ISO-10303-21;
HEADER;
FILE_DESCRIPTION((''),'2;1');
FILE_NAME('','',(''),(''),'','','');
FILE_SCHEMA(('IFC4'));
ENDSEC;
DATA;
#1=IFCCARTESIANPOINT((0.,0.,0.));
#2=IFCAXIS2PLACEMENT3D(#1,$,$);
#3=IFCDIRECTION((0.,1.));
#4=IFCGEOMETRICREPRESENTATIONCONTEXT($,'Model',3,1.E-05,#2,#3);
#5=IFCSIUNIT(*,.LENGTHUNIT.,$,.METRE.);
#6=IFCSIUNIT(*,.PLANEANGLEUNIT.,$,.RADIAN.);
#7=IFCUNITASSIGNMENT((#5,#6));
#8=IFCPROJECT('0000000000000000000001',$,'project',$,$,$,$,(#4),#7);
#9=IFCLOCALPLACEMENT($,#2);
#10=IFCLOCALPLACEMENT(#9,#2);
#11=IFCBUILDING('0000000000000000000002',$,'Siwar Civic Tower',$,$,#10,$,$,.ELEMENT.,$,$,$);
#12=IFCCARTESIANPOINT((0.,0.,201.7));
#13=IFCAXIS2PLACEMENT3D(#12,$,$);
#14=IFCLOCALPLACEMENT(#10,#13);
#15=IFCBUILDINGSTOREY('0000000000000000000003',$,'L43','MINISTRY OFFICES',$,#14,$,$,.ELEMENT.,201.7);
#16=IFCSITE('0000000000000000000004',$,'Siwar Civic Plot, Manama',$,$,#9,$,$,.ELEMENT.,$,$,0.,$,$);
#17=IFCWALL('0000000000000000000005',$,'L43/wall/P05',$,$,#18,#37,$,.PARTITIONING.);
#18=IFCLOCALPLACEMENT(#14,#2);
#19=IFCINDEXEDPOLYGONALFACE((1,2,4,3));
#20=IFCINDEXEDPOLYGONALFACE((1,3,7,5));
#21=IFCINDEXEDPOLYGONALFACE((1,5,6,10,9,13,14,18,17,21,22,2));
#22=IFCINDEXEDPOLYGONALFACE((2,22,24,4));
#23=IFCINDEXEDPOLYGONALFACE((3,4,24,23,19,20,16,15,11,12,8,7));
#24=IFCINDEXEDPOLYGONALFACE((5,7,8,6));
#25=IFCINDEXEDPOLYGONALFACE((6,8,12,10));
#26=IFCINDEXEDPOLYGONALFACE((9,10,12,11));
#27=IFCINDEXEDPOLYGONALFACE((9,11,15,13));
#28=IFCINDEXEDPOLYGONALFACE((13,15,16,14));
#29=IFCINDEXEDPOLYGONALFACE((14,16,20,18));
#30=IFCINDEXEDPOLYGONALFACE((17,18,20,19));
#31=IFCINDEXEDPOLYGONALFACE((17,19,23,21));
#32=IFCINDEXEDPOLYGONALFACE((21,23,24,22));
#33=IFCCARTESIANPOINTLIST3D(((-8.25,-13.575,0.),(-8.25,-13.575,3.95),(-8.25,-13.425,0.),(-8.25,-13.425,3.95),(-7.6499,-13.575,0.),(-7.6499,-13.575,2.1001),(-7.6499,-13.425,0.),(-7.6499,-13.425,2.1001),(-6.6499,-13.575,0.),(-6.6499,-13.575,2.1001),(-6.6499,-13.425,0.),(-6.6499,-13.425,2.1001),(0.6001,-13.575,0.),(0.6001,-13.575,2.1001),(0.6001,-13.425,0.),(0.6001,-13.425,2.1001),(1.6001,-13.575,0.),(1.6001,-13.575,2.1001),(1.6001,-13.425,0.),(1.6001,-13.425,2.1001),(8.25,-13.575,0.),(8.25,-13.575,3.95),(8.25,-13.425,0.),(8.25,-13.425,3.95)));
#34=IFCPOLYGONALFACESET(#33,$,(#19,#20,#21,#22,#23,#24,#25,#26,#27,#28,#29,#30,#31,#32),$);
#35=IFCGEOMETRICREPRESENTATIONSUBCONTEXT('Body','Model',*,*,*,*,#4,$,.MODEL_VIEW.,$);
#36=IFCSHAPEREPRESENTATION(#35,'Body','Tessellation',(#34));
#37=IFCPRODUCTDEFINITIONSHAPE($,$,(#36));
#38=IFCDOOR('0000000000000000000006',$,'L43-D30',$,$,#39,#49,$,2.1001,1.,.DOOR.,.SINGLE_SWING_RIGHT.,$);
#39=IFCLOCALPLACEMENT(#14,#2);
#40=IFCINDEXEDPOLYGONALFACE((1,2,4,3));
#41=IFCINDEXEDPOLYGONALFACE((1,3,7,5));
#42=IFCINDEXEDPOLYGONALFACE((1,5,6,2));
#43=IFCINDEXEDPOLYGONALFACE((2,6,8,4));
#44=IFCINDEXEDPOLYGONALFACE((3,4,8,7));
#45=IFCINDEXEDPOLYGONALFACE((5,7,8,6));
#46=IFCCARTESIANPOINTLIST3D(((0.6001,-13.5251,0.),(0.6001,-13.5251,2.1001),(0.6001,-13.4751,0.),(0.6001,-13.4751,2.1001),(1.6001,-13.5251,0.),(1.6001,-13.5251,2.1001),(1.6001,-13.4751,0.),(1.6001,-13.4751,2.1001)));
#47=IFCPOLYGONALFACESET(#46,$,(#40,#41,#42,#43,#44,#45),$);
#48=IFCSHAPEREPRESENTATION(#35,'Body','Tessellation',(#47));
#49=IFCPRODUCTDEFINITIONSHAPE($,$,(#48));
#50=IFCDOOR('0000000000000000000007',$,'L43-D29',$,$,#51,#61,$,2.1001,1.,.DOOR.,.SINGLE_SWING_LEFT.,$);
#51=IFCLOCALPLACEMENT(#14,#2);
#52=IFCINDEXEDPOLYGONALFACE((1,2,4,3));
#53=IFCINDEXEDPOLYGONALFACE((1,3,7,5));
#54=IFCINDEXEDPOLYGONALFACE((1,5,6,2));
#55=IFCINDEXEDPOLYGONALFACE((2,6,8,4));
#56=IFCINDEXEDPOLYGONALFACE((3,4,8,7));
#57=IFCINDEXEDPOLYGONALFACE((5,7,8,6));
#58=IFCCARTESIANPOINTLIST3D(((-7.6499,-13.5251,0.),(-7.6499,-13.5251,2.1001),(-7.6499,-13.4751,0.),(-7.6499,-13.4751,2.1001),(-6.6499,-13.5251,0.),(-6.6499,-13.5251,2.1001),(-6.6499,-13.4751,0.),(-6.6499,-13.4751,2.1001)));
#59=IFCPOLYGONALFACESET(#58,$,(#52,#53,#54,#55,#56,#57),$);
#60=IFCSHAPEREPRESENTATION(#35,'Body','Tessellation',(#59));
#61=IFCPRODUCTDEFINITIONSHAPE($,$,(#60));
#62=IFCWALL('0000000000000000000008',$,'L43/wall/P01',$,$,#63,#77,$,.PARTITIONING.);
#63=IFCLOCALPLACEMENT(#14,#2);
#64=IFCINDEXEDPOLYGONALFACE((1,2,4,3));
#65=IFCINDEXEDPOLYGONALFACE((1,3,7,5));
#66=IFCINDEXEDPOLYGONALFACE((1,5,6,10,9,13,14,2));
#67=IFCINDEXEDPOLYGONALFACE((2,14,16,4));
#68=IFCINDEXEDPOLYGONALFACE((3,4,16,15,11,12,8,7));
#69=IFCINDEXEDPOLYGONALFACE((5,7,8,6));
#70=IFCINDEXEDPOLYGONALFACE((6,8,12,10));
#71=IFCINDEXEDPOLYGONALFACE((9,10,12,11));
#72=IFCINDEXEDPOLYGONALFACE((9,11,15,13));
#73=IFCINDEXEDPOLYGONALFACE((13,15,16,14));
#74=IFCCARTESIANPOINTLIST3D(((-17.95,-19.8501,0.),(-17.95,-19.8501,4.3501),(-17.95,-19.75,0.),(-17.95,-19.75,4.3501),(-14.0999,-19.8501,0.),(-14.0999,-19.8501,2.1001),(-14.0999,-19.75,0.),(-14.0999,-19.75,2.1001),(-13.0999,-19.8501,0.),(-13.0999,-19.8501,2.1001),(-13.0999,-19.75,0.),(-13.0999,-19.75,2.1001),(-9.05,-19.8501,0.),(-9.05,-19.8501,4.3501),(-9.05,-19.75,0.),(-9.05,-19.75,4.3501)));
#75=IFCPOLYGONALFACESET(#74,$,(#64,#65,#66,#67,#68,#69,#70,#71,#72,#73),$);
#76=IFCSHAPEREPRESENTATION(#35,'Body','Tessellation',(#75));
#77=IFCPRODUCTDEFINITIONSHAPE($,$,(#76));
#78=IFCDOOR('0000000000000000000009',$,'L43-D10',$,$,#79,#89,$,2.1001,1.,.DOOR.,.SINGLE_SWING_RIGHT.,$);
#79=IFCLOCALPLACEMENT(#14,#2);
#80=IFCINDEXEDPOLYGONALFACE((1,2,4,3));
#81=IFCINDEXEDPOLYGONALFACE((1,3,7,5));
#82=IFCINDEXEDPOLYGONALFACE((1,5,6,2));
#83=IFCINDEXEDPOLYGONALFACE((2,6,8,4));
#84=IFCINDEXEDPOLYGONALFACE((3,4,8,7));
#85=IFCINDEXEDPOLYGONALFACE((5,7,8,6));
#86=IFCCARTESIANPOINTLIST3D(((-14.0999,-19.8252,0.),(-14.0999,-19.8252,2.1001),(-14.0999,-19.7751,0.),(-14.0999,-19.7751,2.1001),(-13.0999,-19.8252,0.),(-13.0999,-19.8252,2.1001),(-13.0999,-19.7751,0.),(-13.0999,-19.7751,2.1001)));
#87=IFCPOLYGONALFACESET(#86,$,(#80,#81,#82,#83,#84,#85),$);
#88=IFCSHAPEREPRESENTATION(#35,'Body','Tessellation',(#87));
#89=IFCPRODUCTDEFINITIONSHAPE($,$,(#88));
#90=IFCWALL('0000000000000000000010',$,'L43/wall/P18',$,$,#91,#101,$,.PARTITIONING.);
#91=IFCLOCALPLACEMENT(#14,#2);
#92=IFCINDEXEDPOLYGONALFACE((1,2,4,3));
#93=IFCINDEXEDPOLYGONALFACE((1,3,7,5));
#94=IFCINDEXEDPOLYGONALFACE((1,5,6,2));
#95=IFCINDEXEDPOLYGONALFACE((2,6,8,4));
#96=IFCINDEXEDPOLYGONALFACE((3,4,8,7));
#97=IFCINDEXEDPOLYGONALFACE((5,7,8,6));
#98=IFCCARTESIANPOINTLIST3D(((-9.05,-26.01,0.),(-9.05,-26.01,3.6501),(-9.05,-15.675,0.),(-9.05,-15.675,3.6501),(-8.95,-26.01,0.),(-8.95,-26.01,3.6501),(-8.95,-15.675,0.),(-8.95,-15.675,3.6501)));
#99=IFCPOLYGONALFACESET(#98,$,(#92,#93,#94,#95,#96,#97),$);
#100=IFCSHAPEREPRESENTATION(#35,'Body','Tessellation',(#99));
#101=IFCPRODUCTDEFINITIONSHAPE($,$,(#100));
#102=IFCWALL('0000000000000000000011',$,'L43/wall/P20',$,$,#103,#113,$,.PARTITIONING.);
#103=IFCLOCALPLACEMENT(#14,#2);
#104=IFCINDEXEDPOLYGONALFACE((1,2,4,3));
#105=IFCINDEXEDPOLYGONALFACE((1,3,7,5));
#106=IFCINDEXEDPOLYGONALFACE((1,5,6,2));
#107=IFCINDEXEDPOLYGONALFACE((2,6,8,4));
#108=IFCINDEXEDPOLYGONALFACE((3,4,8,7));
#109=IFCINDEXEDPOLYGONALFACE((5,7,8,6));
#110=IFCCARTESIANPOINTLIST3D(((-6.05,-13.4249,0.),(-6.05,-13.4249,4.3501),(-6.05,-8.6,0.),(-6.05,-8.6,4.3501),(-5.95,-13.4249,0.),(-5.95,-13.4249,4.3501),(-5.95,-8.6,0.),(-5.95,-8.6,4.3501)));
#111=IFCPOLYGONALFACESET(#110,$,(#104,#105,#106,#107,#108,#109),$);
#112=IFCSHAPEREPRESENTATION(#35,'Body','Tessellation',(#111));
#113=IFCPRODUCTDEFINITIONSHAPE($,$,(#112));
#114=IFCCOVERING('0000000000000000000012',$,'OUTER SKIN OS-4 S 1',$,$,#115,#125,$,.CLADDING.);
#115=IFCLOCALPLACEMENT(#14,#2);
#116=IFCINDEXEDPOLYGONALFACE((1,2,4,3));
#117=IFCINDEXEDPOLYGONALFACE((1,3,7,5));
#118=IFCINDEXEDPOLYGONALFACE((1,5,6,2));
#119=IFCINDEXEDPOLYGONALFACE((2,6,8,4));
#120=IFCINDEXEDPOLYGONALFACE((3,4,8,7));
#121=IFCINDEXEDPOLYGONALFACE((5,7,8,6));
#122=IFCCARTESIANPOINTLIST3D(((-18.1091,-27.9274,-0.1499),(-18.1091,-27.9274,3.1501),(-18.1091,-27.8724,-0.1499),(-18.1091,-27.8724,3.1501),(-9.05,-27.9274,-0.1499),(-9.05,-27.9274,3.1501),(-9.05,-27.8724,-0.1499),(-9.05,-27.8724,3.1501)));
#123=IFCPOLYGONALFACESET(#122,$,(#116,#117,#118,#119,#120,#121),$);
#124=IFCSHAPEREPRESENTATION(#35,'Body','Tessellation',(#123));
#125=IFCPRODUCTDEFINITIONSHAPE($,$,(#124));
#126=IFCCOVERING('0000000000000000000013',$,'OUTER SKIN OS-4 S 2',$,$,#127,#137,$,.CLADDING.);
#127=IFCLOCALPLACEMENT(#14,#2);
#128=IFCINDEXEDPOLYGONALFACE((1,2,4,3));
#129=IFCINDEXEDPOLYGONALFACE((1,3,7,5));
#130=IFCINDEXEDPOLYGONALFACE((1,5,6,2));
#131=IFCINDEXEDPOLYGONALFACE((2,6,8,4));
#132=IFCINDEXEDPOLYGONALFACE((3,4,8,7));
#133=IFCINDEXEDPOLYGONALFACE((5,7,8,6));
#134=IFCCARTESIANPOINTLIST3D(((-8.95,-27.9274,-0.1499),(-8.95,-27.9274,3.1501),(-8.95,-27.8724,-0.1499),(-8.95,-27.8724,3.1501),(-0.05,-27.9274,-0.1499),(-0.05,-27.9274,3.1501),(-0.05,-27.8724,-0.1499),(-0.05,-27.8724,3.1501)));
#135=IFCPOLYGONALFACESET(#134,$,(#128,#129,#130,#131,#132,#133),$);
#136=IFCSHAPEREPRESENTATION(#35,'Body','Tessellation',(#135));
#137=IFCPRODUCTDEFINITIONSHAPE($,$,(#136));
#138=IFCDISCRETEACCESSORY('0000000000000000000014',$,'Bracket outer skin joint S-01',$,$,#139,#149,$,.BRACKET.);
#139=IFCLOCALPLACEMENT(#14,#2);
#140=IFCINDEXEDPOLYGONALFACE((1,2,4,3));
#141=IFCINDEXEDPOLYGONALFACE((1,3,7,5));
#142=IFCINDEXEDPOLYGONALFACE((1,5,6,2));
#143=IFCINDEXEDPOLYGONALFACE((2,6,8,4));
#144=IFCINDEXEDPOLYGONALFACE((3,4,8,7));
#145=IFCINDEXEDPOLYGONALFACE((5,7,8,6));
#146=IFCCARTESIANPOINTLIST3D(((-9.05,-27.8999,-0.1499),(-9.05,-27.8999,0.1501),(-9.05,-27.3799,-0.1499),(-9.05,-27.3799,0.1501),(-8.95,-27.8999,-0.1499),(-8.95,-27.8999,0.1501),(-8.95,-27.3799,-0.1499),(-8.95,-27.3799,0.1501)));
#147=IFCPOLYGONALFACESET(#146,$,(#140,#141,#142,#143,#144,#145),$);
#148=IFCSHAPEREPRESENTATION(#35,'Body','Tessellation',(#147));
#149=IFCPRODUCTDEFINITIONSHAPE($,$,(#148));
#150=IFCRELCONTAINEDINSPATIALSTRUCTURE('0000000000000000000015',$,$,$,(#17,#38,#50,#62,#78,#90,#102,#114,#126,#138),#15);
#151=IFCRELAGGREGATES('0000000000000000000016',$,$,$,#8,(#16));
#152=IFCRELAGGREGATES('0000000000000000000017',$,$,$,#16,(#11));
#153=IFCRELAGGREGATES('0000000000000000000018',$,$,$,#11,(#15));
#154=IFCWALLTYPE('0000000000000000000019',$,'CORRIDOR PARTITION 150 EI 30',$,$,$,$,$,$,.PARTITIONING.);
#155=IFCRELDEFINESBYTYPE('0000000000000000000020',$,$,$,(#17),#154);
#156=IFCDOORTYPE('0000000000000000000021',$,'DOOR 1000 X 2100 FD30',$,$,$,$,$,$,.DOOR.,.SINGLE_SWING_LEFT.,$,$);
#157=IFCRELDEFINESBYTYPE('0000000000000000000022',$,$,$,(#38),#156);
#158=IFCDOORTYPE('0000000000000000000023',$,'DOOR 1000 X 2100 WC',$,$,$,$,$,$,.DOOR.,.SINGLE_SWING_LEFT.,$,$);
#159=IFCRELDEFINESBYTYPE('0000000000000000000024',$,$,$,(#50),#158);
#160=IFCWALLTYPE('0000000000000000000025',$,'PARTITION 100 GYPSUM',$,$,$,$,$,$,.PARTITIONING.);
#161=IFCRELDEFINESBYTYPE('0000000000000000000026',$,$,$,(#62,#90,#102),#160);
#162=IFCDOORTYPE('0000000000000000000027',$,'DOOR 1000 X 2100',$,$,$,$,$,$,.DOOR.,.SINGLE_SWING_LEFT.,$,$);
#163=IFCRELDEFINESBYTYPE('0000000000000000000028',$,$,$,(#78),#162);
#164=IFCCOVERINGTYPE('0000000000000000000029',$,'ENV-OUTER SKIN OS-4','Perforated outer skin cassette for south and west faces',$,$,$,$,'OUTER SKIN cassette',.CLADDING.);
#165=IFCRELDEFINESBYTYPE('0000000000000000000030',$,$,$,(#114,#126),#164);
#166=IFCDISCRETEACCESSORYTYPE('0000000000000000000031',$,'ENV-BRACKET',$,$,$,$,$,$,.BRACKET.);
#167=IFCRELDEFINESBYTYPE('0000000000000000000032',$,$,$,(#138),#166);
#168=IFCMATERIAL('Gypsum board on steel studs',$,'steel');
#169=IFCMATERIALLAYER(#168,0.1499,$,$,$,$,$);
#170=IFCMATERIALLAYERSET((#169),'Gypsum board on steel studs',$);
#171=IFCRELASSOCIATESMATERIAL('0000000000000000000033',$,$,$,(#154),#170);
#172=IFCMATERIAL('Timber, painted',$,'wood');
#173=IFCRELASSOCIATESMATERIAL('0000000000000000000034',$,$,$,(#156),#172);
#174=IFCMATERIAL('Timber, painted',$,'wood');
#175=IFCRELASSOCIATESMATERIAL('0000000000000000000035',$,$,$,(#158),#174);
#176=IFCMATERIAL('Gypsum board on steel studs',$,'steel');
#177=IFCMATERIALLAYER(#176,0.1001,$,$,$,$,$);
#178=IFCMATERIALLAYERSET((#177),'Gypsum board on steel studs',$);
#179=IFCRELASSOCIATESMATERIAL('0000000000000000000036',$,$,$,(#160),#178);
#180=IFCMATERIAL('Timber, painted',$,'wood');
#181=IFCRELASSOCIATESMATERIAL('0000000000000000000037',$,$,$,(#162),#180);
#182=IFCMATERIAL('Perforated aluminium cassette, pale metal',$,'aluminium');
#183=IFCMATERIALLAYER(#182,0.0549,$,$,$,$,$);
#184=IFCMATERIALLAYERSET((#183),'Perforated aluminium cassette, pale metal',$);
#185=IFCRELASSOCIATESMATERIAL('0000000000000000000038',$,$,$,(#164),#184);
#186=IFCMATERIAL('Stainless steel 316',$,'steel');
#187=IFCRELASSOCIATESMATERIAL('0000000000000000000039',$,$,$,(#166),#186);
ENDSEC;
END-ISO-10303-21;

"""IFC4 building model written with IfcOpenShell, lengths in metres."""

from ifc_helpers import new_model, si_unit, direction, frame, frame_2d, origin, origin_2d, place, context, subcontext, project, spatial, rectangle, extrude, material, layer, layer_set, type_object, element, fill, save


model = new_model("IFC4")

# Units and contexts
model_context = context("Model", 3, precision=1e-05, world=origin(), true_north=direction((0.0, 1.0)))
body_context = subcontext(model_context, "Body", "Model", "MODEL_VIEW")
ifc_project = project(units=[si_unit("LENGTHUNIT", "METRE"), si_unit("PLANEANGLEUNIT", "RADIAN")], contexts=[model_context])

# Site, building, storey
site_placement = place(None, origin())
site = spatial("IfcSite", under=ifc_project, at=site_placement, Name="Siwar Civic Plot, Manama", CompositionType="ELEMENT", RefElevation=0.0)
building_placement = place(site_placement, origin())
building = spatial("IfcBuilding", under=site, at=building_placement, Name="Siwar Civic Tower", CompositionType="ELEMENT")
storey_placement = place(building_placement, frame((0.0, 0.0, 201.7)))
storey = spatial("IfcBuildingStorey", under=building, at=storey_placement, Name="L43", Description="MINISTRY OFFICES", CompositionType="ELEMENT", Elevation=201.7)

# Wall, openings, doors
ifc_material_1 = material(Name="Gypsum board on steel studs", Category="steel")
ifc_layer_1 = layer(ifc_material_1, 0.1499)
ifc_layer_set_1 = layer_set([ifc_layer_1], Name="Gypsum board on steel studs")
wall_type_1 = type_object("IfcWallType", Name="CORRIDOR PARTITION 150 EI 30", PredefinedType="PARTITIONING", material=ifc_layer_set_1)
wall_1_placement = place(storey_placement, frame((-8.25, -13.5, 0.0), z_axis=(0.0, 0.0, 1.0), x_axis=(1.0, 0.0, 0.0)))
wall_1 = element("IfcWall", 1, at=wall_1_placement, inside=storey, type_object=wall_type_1, Name="L43/wall/P05", PredefinedType="PARTITIONING", context=body_context, shape_type="SweptSolid", body=[
    extrude(rectangle(XDim=16.5, YDim=0.1499, at=frame_2d((8.25, 0.0))), origin(), (0.0, 0.0, 1.0), 3.95),
])
opening_1_placement = place(wall_1_placement, frame((0.6001, 0.0, 0.0)))
opening_1 = element("IfcOpeningElement", 2, at=opening_1_placement, cuts=wall_1, PredefinedType="OPENING", context=body_context, shape_type="SweptSolid", body=[
    extrude(rectangle(XDim=1.0, YDim=2.1001, at=frame_2d((0.5, 1.05))), frame((0.0, 0.085, 0.0), z_axis=(0.0, -1.0, 0.0), x_axis=(1.0, 0.0, 0.0)), (0.0, 0.0, 1.0), 0.1699),
])
opening_2_placement = place(wall_1_placement, frame((8.8501, 0.0, 0.0)))
opening_2 = element("IfcOpeningElement", 3, at=opening_2_placement, cuts=wall_1, PredefinedType="OPENING", context=body_context, shape_type="SweptSolid", body=[
    extrude(rectangle(XDim=1.0, YDim=2.1001, at=frame_2d((0.5, 1.05))), frame((0.0, 0.085, 0.0), z_axis=(0.0, -1.0, 0.0), x_axis=(1.0, 0.0, 0.0)), (0.0, 0.0, 1.0), 0.1699),
])
ifc_material_2 = material(Name="Timber, painted", Category="wood")
door_type_1 = type_object("IfcDoorType", Name="DOOR 1000 X 2100 FD30", OperationType="SINGLE_SWING_LEFT", PredefinedType="DOOR", material=ifc_material_2)
door_1_placement = place(opening_2_placement, origin())
door_1 = element("IfcDoor", 4, at=door_1_placement, inside=storey, type_object=door_type_1, Name="L43-D30", OperationType="SINGLE_SWING_RIGHT", OverallHeight=2.1001, OverallWidth=1.0, PredefinedType="DOOR", context=body_context, shape_type="SweptSolid", body=[
    extrude(rectangle(XDim=1.0, YDim=2.1001, at=frame_2d((0.5, 1.05))), frame((0.0, 0.0249, 0.0), z_axis=(0.0, -1.0, 0.0), x_axis=(1.0, 0.0, 0.0)), (0.0, 0.0, 1.0), 0.05),
])
fill(opening_2, door_1)
ifc_material_3 = material(Name="Timber, painted", Category="wood")
door_type_2 = type_object("IfcDoorType", Name="DOOR 1000 X 2100 WC", OperationType="SINGLE_SWING_LEFT", PredefinedType="DOOR", material=ifc_material_3)
door_2_placement = place(opening_1_placement, origin())
door_2 = element("IfcDoor", 5, at=door_2_placement, inside=storey, type_object=door_type_2, Name="L43-D29", OperationType="SINGLE_SWING_LEFT", OverallHeight=2.1001, OverallWidth=1.0, PredefinedType="DOOR", context=body_context, shape_type="SweptSolid", body=[
    extrude(rectangle(XDim=1.0, YDim=2.1001, at=frame_2d((0.5, 1.05))), frame((0.0, 0.0249, 0.0), z_axis=(0.0, -1.0, 0.0), x_axis=(1.0, 0.0, 0.0)), (0.0, 0.0, 1.0), 0.05),
])
fill(opening_1, door_2)

# Wall, opening, door
ifc_material_4 = material(Name="Gypsum board on steel studs", Category="steel")
ifc_layer_2 = layer(ifc_material_4, 0.1001)
ifc_layer_set_2 = layer_set([ifc_layer_2], Name="Gypsum board on steel studs")
wall_type_2 = type_object("IfcWallType", Name="PARTITION 100 GYPSUM", PredefinedType="PARTITIONING", material=ifc_layer_set_2)
wall_2_placement = place(storey_placement, frame((-17.95, -19.8, 0.0), z_axis=(0.0, 0.0, 1.0), x_axis=(1.0, 0.0, 0.0)))
wall_2 = element("IfcWall", 6, at=wall_2_placement, inside=storey, type_object=wall_type_2, Name="L43/wall/P01", PredefinedType="PARTITIONING", context=body_context, shape_type="SweptSolid", body=[
    extrude(rectangle(XDim=8.8999, YDim=0.1001, at=frame_2d((4.45, 0.0))), origin(), (0.0, 0.0, 1.0), 4.3501),
])
opening_3_placement = place(wall_2_placement, frame((3.8501, 0.0, 0.0)))
opening_3 = element("IfcOpeningElement", 7, at=opening_3_placement, cuts=wall_2, PredefinedType="OPENING", context=body_context, shape_type="SweptSolid", body=[
    extrude(rectangle(XDim=1.0, YDim=2.1001, at=frame_2d((0.5, 1.05))), frame((0.0, 0.0601, 0.0), z_axis=(0.0, -1.0, 0.0), x_axis=(1.0, 0.0, 0.0)), (0.0, 0.0, 1.0), 0.1201),
])
ifc_material_5 = material(Name="Timber, painted", Category="wood")
door_type_3 = type_object("IfcDoorType", Name="DOOR 1000 X 2100", OperationType="SINGLE_SWING_LEFT", PredefinedType="DOOR", material=ifc_material_5)
door_3_placement = place(opening_3_placement, origin())
door_3 = element("IfcDoor", 8, at=door_3_placement, inside=storey, type_object=door_type_3, Name="L43-D10", OperationType="SINGLE_SWING_RIGHT", OverallHeight=2.1001, OverallWidth=1.0, PredefinedType="DOOR", context=body_context, shape_type="SweptSolid", body=[
    extrude(rectangle(XDim=1.0, YDim=2.1001, at=frame_2d((0.5, 1.05))), frame((0.0, 0.0249, 0.0), z_axis=(0.0, -1.0, 0.0), x_axis=(1.0, 0.0, 0.0)), (0.0, 0.0, 1.0), 0.05),
])
fill(opening_3, door_3)

# Walls
wall_3_placement = place(storey_placement, frame((-9.0, -26.01, 0.0), z_axis=(0.0, 0.0, 1.0), x_axis=(0.0, 1.0, 0.0)))
element("IfcWall", 9, at=wall_3_placement, inside=storey, type_object=wall_type_2, Name="L43/wall/P18", PredefinedType="PARTITIONING", context=body_context, shape_type="SweptSolid", body=[
    extrude(rectangle(XDim=10.335, YDim=0.1001, at=frame_2d((5.1675, 0.0))), origin(), (0.0, 0.0, 1.0), 3.6501),
])
wall_4_placement = place(storey_placement, frame((-6.0, -13.425, 0.0), z_axis=(0.0, 0.0, 1.0), x_axis=(0.0, 1.0, 0.0)))
element("IfcWall", 10, at=wall_4_placement, inside=storey, type_object=wall_type_2, Name="L43/wall/P20", PredefinedType="PARTITIONING", context=body_context, shape_type="SweptSolid", body=[
    extrude(rectangle(XDim=4.825, YDim=0.1001, at=frame_2d((2.4126, 0.0))), origin(), (0.0, 0.0, 1.0), 4.3501),
])

# Coverings
ifc_material_6 = material(Name="Perforated aluminium cassette, pale metal", Category="aluminium")
ifc_layer_3 = layer(ifc_material_6, 0.0549)
ifc_layer_set_3 = layer_set([ifc_layer_3], Name="Perforated aluminium cassette, pale metal")
covering_type = type_object("IfcCoveringType", Name="ENV-OUTER SKIN OS-4", Description="Perforated outer skin cassette for south and west faces", ElementType="OUTER SKIN cassette", PredefinedType="CLADDING", material=ifc_layer_set_3)
covering_1_placement = place(storey_placement, frame((-13.5796, -27.8999, -0.1499), z_axis=(0.0, 0.0, 1.0), x_axis=(1.0, 0.0, 0.0)))
element("IfcCovering", 11, at=covering_1_placement, inside=storey, type_object=covering_type, Name="OUTER SKIN OS-4 S 1", PredefinedType="CLADDING", context=body_context, shape_type="SweptSolid", body=[
    extrude(rectangle(XDim=9.0591, YDim=0.0549, at=origin_2d()), origin(), (0.0, 0.0, 1.0), 3.3),
])
covering_2_placement = place(storey_placement, frame((-4.5, -27.8999, -0.1499), z_axis=(0.0, 0.0, 1.0), x_axis=(1.0, 0.0, 0.0)))
element("IfcCovering", 12, at=covering_2_placement, inside=storey, type_object=covering_type, Name="OUTER SKIN OS-4 S 2", PredefinedType="CLADDING", context=body_context, shape_type="SweptSolid", body=[
    extrude(rectangle(XDim=8.8999, YDim=0.0549, at=origin_2d()), origin(), (0.0, 0.0, 1.0), 3.3),
])

# Discrete accessory
ifc_material_7 = material(Name="Stainless steel 316", Category="steel")
discrete_accessory_type = type_object("IfcDiscreteAccessoryType", Name="ENV-BRACKET", PredefinedType="BRACKET", material=ifc_material_7)
discrete_accessory_placement = place(storey_placement, frame((-9.0, -27.6399, -0.1499), z_axis=(0.0, 0.0, 1.0), x_axis=(0.0, -1.0, 0.0)))
element("IfcDiscreteAccessory", 13, at=discrete_accessory_placement, inside=storey, type_object=discrete_accessory_type, Name="Bracket outer skin joint S-01", PredefinedType="BRACKET", context=body_context, shape_type="SweptSolid", body=[
    extrude(rectangle(XDim=0.52, YDim=0.1001, at=origin_2d()), origin(), (0.0, 0.0, 1.0), 0.3),
])

save(model, "model.ifc")
